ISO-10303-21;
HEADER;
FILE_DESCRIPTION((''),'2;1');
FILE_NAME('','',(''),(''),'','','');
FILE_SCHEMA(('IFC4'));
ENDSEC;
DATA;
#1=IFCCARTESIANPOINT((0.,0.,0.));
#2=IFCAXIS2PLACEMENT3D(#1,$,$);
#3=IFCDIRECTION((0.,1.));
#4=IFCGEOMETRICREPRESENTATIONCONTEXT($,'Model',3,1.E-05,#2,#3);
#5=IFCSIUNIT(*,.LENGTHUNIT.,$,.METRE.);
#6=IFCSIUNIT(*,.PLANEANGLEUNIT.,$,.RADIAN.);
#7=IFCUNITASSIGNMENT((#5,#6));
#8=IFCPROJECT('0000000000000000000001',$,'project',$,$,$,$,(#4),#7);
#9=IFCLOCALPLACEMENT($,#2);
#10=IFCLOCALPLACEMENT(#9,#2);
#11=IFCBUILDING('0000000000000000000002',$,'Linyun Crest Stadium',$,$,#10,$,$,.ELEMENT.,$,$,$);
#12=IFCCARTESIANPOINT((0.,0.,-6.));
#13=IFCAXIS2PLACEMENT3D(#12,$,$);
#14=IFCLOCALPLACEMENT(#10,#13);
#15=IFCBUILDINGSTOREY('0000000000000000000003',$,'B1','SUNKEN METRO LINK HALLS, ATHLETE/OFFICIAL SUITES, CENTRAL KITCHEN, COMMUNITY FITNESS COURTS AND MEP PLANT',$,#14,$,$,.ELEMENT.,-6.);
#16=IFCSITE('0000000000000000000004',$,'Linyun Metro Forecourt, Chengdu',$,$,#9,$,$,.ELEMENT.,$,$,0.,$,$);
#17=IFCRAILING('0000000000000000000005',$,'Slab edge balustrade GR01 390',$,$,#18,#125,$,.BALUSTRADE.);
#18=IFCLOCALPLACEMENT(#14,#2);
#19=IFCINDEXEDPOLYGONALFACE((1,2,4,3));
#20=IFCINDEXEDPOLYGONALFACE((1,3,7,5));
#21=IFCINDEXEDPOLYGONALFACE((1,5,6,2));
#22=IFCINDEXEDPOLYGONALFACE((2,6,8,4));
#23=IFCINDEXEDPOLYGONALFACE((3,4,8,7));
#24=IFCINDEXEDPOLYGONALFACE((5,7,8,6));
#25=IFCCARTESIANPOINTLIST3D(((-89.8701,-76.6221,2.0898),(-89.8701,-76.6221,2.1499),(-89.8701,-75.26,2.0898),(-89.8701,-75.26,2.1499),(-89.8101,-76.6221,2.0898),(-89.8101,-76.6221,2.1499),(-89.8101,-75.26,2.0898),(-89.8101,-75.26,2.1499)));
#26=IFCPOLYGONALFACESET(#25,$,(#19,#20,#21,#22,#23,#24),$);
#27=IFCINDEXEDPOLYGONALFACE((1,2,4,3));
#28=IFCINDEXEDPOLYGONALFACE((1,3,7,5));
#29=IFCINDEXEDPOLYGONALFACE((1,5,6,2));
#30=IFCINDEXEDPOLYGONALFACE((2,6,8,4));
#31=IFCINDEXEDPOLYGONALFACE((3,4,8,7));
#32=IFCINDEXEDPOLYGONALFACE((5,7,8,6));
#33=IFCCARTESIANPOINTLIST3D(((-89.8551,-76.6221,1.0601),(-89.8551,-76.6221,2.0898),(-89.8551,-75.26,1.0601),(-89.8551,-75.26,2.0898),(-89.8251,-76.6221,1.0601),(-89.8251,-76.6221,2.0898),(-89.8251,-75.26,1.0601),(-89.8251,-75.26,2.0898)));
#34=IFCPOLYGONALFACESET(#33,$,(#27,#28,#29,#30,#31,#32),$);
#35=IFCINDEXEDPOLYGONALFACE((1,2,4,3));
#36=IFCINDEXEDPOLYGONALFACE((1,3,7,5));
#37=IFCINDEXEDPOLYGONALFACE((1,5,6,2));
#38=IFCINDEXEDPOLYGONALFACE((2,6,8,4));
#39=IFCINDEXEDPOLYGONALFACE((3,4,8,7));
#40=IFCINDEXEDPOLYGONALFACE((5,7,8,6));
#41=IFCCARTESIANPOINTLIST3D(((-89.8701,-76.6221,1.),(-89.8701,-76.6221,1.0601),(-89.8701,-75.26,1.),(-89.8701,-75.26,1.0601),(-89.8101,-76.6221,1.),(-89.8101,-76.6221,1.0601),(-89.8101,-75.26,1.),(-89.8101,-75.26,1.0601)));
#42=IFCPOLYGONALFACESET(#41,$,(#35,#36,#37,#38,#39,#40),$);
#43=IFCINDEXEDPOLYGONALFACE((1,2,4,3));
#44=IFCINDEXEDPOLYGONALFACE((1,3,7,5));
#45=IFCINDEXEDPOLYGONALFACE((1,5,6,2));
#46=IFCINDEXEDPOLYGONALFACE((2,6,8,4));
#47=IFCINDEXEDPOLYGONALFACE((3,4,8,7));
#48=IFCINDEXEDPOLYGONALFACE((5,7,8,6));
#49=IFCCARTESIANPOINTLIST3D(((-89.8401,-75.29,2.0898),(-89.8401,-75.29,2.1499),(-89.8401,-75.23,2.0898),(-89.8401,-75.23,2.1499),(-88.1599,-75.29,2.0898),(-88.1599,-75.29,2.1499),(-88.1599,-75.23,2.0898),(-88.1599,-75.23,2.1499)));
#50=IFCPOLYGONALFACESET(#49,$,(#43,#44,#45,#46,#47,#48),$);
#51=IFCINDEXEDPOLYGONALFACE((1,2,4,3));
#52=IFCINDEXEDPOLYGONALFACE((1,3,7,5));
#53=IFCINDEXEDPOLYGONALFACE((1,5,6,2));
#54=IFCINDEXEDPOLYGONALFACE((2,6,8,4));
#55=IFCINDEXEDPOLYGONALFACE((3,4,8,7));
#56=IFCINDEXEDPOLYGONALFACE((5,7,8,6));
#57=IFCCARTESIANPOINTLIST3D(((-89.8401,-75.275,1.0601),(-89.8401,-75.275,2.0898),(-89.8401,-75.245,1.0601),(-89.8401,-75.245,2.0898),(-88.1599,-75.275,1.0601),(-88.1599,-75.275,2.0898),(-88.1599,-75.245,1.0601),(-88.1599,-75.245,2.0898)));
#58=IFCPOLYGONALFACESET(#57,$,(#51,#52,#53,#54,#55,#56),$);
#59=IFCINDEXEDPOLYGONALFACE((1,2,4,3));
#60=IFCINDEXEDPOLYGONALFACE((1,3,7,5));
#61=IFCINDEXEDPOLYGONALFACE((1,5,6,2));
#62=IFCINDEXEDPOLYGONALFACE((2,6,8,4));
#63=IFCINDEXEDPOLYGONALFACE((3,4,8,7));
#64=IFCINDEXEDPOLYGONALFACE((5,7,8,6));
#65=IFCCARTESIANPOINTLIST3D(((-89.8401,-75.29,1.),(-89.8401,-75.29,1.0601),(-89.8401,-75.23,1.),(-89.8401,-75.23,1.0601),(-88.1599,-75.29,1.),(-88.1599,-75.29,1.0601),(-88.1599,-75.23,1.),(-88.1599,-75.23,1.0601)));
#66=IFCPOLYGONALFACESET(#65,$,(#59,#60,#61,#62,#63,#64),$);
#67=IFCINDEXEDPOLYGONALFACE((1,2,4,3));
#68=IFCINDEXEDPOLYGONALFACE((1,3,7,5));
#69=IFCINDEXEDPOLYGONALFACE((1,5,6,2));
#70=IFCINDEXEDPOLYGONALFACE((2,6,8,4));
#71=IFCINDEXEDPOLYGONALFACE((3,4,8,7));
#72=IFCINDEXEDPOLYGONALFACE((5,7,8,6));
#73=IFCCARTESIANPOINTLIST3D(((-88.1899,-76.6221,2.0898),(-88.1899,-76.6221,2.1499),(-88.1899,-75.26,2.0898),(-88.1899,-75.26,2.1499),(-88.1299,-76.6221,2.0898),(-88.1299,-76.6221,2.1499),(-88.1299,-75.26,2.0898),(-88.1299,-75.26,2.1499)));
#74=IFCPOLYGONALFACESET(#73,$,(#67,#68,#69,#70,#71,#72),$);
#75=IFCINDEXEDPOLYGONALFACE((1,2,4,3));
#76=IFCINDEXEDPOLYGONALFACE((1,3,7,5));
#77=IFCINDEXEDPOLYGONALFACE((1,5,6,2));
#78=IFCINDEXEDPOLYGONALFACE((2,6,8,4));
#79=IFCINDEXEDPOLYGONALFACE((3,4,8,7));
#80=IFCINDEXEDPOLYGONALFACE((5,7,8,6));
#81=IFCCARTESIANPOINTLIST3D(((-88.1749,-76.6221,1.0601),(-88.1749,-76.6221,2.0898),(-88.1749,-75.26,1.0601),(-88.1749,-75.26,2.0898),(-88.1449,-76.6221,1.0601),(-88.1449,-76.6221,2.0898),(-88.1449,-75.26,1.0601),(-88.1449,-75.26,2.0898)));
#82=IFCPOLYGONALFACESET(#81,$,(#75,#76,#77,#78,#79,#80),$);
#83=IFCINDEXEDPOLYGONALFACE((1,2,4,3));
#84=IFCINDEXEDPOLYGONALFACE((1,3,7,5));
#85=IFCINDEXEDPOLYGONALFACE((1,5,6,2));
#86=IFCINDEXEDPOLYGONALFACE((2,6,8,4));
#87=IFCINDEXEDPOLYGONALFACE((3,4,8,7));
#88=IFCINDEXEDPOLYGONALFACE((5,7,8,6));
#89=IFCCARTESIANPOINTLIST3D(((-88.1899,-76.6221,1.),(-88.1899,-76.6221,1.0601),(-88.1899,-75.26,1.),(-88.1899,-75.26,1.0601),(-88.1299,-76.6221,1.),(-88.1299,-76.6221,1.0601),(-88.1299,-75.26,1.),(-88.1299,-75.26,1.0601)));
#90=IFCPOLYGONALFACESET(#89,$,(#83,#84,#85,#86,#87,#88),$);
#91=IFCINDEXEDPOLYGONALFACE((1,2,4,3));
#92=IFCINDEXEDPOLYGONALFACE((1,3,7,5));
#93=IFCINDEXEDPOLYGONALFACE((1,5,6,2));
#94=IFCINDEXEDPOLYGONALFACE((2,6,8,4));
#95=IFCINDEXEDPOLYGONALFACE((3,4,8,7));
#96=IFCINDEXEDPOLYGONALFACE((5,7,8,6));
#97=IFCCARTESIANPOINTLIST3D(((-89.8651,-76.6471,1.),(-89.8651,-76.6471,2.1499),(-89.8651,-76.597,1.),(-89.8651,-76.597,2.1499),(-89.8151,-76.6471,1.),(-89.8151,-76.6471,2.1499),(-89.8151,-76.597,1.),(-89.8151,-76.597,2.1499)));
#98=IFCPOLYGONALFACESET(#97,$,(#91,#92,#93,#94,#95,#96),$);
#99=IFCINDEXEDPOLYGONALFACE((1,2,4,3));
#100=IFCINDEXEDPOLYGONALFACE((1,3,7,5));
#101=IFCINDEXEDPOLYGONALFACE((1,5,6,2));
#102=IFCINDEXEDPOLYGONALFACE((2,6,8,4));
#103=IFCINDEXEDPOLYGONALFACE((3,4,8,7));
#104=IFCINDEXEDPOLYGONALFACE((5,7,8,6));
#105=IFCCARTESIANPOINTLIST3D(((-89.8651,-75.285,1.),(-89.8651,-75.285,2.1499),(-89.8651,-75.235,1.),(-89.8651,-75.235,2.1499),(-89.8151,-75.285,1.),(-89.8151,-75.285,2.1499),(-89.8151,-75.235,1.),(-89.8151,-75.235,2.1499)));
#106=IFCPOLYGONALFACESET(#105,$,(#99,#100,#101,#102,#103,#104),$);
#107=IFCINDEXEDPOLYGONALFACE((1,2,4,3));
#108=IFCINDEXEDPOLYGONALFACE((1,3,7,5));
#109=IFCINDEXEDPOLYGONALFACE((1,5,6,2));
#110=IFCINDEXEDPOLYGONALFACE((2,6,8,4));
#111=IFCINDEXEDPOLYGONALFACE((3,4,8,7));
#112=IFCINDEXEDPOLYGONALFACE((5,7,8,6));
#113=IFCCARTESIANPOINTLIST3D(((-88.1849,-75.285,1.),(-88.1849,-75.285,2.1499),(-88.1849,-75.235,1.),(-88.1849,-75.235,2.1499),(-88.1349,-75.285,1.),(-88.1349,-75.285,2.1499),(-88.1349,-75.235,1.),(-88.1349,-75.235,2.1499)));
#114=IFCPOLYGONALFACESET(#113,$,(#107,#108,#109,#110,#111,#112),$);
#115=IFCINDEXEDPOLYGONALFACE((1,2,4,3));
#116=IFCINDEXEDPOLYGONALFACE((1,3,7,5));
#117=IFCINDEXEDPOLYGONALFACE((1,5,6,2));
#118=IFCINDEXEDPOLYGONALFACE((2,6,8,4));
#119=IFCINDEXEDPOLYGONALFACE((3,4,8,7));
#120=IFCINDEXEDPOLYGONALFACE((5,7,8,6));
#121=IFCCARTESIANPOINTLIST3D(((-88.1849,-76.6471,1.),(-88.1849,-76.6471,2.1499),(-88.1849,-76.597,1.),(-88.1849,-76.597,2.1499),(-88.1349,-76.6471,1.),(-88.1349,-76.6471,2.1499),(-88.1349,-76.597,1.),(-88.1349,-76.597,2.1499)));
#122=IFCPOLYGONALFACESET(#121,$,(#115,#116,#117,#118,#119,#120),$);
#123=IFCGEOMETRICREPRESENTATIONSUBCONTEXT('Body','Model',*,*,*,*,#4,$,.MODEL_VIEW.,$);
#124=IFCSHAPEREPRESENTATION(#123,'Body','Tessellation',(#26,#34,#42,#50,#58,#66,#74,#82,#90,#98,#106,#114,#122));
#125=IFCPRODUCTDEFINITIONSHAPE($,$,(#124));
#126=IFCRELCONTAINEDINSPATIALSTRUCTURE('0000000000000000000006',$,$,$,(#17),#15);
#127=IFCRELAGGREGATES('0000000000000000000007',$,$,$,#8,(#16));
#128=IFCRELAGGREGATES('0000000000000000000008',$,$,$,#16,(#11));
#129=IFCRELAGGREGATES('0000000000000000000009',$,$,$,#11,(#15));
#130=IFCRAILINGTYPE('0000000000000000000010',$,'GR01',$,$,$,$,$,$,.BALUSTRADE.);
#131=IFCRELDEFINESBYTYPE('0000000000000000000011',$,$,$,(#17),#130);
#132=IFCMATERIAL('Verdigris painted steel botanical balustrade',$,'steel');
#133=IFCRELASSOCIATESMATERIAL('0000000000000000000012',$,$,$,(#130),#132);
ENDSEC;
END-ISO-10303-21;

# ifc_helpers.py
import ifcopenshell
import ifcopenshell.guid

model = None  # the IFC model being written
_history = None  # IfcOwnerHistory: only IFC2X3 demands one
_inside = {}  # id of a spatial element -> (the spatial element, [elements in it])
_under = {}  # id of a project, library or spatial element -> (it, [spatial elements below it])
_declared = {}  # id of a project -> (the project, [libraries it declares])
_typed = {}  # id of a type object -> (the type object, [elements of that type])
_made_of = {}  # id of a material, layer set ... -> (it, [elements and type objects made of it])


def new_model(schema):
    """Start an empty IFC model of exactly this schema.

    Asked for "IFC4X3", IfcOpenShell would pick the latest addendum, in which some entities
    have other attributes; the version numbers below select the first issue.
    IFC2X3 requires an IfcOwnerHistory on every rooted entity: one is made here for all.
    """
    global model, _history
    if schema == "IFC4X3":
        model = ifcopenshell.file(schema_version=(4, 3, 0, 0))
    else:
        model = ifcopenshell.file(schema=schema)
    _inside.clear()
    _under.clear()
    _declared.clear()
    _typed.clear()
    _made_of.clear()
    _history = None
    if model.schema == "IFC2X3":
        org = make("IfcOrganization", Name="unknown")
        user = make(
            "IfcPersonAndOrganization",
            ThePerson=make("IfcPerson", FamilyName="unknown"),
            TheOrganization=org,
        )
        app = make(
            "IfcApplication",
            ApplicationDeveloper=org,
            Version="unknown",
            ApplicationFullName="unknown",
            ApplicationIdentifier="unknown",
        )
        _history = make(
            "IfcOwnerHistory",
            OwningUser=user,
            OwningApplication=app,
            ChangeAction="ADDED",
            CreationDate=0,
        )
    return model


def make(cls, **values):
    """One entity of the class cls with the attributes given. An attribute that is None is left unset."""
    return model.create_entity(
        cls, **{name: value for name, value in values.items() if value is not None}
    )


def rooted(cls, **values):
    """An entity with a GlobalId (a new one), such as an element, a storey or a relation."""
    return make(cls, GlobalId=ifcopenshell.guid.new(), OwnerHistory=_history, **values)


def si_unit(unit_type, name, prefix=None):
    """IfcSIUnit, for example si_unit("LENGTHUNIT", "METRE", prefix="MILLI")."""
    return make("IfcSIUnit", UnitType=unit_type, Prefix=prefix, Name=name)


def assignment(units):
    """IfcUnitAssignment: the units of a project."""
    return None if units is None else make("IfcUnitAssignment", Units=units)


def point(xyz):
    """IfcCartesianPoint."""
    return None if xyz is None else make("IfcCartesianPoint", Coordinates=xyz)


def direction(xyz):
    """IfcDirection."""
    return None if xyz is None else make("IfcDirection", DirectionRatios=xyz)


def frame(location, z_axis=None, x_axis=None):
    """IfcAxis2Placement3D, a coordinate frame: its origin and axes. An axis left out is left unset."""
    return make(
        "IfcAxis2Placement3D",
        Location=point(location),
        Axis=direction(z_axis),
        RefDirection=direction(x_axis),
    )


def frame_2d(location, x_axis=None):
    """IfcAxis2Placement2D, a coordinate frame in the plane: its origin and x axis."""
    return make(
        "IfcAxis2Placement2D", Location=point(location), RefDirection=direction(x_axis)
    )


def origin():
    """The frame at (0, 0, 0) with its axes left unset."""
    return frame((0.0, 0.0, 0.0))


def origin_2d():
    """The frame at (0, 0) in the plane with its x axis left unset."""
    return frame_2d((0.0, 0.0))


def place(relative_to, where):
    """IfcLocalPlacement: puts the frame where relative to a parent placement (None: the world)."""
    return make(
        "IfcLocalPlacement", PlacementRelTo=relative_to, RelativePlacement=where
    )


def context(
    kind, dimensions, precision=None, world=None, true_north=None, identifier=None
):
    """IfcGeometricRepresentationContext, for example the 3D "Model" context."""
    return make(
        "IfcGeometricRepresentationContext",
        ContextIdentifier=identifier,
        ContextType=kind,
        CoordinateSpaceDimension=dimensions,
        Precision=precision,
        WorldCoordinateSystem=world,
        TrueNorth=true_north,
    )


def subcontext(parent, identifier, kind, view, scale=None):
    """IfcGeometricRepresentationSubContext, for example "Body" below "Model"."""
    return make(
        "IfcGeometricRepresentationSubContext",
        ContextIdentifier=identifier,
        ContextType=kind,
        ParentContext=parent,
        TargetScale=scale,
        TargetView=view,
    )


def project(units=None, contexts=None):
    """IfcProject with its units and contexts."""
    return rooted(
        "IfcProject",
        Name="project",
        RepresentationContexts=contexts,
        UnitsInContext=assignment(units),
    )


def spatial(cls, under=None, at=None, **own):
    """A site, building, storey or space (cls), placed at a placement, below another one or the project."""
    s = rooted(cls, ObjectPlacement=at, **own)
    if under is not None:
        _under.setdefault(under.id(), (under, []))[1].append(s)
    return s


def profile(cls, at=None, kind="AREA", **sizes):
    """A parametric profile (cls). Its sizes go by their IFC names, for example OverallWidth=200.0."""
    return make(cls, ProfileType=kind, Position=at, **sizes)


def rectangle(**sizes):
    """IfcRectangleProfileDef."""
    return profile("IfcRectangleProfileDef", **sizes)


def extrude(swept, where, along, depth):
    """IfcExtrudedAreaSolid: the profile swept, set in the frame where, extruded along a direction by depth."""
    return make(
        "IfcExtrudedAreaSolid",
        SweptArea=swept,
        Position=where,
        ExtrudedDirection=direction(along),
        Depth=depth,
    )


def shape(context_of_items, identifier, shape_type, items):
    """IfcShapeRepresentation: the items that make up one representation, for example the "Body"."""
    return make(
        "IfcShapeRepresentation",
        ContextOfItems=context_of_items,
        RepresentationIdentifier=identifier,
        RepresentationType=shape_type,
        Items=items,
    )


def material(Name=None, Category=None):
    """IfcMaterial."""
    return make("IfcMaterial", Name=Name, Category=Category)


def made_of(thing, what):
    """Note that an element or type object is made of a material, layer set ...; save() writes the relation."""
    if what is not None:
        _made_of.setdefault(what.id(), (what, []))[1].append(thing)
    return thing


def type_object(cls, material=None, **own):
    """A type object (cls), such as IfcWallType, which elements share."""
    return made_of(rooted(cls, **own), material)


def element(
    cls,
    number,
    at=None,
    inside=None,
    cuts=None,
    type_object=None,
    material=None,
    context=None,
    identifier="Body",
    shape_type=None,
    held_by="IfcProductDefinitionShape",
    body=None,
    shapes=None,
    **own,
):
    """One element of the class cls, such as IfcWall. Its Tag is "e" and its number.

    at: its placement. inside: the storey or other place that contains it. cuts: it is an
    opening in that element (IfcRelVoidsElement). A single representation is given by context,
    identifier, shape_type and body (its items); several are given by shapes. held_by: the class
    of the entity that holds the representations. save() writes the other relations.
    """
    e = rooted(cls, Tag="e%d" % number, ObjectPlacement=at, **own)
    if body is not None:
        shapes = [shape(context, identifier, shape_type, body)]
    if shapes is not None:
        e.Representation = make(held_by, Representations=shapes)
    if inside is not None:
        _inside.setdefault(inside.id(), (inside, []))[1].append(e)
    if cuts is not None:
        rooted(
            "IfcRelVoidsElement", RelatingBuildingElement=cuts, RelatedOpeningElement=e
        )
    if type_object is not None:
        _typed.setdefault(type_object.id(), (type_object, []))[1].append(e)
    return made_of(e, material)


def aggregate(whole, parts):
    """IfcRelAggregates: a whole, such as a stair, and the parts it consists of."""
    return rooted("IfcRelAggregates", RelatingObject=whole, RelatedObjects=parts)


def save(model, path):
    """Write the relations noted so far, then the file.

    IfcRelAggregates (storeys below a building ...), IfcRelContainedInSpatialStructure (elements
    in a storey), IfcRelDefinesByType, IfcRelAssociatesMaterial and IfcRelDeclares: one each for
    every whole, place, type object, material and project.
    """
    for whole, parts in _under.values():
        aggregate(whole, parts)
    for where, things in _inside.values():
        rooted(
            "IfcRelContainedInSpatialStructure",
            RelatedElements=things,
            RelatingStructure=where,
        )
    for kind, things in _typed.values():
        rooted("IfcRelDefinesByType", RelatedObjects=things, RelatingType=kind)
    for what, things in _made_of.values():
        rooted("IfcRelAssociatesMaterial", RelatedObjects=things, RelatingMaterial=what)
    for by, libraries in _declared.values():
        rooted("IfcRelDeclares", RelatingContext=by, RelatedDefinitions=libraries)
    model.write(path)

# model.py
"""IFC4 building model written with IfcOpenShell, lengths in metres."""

from ifc_helpers import new_model, si_unit, direction, frame, origin, origin_2d, place, context, subcontext, project, spatial, rectangle, extrude, material, type_object, element, save


model = new_model("IFC4")

# Units and contexts
model_context = context("Model", 3, precision=1e-05, world=origin(), true_north=direction((0.0, 1.0)))
body_context = subcontext(model_context, "Body", "Model", "MODEL_VIEW")
ifc_project = project(units=[si_unit("LENGTHUNIT", "METRE"), si_unit("PLANEANGLEUNIT", "RADIAN")], contexts=[model_context])

# Site, building, storey
site_placement = place(None, origin())
site = spatial("IfcSite", under=ifc_project, at=site_placement, Name="Linyun Metro Forecourt, Chengdu", CompositionType="ELEMENT", RefElevation=0.0)
building_placement = place(site_placement, origin())
building = spatial("IfcBuilding", under=site, at=building_placement, Name="Linyun Crest Stadium", CompositionType="ELEMENT")
storey_placement = place(building_placement, frame((0.0, 0.0, -6.0)))
storey = spatial("IfcBuildingStorey", under=building, at=storey_placement, Name="B1", Description="SUNKEN METRO LINK HALLS, ATHLETE/OFFICIAL SUITES, CENTRAL KITCHEN, COMMUNITY FITNESS COURTS AND MEP PLANT", CompositionType="ELEMENT", Elevation=-6.0)

# Railing
ifc_material_1 = material(Name="Verdigris painted steel botanical balustrade", Category="steel")
railing_type = type_object("IfcRailingType", Name="GR01", PredefinedType="BALUSTRADE", material=ifc_material_1)
railing_placement = place(storey_placement, frame((-89.8401, -76.6221, 1.0)))
element("IfcRailing", 1, at=railing_placement, inside=storey, type_object=railing_type, Name="Slab edge balustrade GR01 390", PredefinedType="BALUSTRADE", context=body_context, shape_type="SweptSolid", body=[
    extrude(rectangle(XDim=0.0601, YDim=0.0601, at=origin_2d()), frame((0.0, 0.0, 1.1199), z_axis=(0.0, 1.0, 0.0), x_axis=(-1.0, 0.0, 0.0)), (0.0, 0.0, 1.0), 1.3621),
    extrude(rectangle(XDim=0.03, YDim=1.0298, at=origin_2d()), frame((0.0, 0.0, 0.575), z_axis=(0.0, 1.0, 0.0), x_axis=(-1.0, 0.0, 0.0)), (0.0, 0.0, 1.0), 1.3621),
    extrude(rectangle(XDim=0.0601, YDim=0.0601, at=origin_2d()), frame((0.0, 0.0, 0.03), z_axis=(0.0, 1.0, 0.0), x_axis=(-1.0, 0.0, 0.0)), (0.0, 0.0, 1.0), 1.3621),
    extrude(rectangle(XDim=0.0601, YDim=0.0601, at=origin_2d()), frame((0.0, 1.3621, 1.1199), z_axis=(1.0, 0.0, 0.0), x_axis=(0.0, 1.0, 0.0)), (0.0, 0.0, 1.0), 1.6802),
    extrude(rectangle(XDim=0.03, YDim=1.0298, at=origin_2d()), frame((0.0, 1.3621, 0.575), z_axis=(1.0, 0.0, 0.0), x_axis=(0.0, 1.0, 0.0)), (0.0, 0.0, 1.0), 1.6802),
    extrude(rectangle(XDim=0.0601, YDim=0.0601, at=origin_2d()), frame((0.0, 1.3621, 0.03), z_axis=(1.0, 0.0, 0.0), x_axis=(0.0, 1.0, 0.0)), (0.0, 0.0, 1.0), 1.6802),
    extrude(rectangle(XDim=0.0601, YDim=0.0601, at=origin_2d()), frame((1.6802, 1.3621, 1.1199), z_axis=(0.0, -1.0, 0.0), x_axis=(1.0, 0.0, 0.0)), (0.0, 0.0, 1.0), 1.3621),
    extrude(rectangle(XDim=0.03, YDim=1.0298, at=origin_2d()), frame((1.6802, 1.3621, 0.575), z_axis=(0.0, -1.0, 0.0), x_axis=(1.0, 0.0, 0.0)), (0.0, 0.0, 1.0), 1.3621),
    extrude(rectangle(XDim=0.0601, YDim=0.0601, at=origin_2d()), frame((1.6802, 1.3621, 0.03), z_axis=(0.0, -1.0, 0.0), x_axis=(1.0, 0.0, 0.0)), (0.0, 0.0, 1.0), 1.3621),
    extrude(rectangle(XDim=0.05, YDim=0.05, at=origin_2d()), origin(), (0.0, 0.0, 1.0), 1.1499),
    extrude(rectangle(XDim=0.05, YDim=0.05, at=origin_2d()), frame((0.0, 1.3621, 0.0)), (0.0, 0.0, 1.0), 1.1499),
    extrude(rectangle(XDim=0.05, YDim=0.05, at=origin_2d()), frame((1.6802, 1.3621, 0.0)), (0.0, 0.0, 1.0), 1.1499),
    extrude(rectangle(XDim=0.05, YDim=0.05, at=origin_2d()), frame((1.6802, 0.0, 0.0)), (0.0, 0.0, 1.0), 1.1499),
])

save(model, "model.ifc")
